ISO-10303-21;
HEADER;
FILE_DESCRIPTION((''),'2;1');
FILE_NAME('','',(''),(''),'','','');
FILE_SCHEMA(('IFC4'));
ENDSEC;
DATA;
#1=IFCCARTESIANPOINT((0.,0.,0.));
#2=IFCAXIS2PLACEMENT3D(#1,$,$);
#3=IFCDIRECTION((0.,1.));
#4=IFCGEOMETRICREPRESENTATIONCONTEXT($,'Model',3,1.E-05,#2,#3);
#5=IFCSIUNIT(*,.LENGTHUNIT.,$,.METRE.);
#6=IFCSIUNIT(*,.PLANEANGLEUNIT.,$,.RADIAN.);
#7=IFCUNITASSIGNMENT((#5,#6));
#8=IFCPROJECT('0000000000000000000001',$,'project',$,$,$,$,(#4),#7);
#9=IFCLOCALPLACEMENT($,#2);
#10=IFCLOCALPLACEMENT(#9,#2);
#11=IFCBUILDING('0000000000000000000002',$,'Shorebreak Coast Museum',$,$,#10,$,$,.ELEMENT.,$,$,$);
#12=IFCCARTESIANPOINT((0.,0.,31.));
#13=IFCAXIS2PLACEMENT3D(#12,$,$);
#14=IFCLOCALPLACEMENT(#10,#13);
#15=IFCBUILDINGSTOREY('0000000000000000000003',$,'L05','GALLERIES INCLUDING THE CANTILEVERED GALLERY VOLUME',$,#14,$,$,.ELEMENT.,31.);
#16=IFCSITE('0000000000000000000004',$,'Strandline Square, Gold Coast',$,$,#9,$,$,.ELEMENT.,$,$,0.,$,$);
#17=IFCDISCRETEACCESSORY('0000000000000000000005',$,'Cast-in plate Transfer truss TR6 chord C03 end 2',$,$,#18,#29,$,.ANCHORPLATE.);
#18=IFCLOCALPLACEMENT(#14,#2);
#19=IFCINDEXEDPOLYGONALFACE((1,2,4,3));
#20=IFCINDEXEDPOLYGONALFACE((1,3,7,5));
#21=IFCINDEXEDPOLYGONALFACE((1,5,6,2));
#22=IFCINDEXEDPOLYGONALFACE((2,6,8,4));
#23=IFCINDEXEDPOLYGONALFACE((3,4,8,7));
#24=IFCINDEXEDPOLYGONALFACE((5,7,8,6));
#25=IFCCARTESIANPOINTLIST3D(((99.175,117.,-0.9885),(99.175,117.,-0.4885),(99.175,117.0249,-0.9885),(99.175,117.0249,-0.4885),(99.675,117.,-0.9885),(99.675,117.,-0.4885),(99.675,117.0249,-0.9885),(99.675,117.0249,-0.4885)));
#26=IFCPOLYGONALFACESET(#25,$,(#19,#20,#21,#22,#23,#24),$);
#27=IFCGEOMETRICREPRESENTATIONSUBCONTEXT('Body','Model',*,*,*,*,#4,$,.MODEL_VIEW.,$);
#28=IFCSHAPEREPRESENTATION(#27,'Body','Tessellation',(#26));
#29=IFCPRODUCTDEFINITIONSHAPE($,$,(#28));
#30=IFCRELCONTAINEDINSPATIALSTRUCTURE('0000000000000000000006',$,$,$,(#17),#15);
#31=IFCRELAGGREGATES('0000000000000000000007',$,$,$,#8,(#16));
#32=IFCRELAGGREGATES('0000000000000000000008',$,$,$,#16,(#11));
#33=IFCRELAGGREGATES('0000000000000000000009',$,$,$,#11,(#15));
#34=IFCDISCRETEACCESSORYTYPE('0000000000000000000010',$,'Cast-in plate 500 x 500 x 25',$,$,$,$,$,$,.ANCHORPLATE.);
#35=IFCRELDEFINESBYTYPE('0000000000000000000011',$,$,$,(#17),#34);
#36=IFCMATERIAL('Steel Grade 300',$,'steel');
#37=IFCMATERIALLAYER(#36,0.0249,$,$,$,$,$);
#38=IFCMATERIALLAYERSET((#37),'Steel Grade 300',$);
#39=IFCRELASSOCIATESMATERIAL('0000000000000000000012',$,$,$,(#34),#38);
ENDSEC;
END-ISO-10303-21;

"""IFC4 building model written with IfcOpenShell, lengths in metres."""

from ifc_helpers import new_model, si_unit, direction, frame, origin, place, context, subcontext, project, spatial, polyline, outline, extrude, material, layer, layer_set, type_object, element, save


model = new_model("IFC4")

# Units and contexts
model_context = context("Model", 3, precision=1e-05, world=origin(), true_north=direction((0.0, 1.0)))
body_context = subcontext(model_context, "Body", "Model", "MODEL_VIEW")
ifc_project = project(units=[si_unit("LENGTHUNIT", "METRE"), si_unit("PLANEANGLEUNIT", "RADIAN")], contexts=[model_context])

# Site, building, storey
site_placement = place(None, origin())
site = spatial("IfcSite", under=ifc_project, at=site_placement, Name="Strandline Square, Gold Coast", CompositionType="ELEMENT", RefElevation=0.0)
building_placement = place(site_placement, origin())
building = spatial("IfcBuilding", under=site, at=building_placement, Name="Shorebreak Coast Museum", CompositionType="ELEMENT")
storey_placement = place(building_placement, frame((0.0, 0.0, 31.0)))
storey = spatial("IfcBuildingStorey", under=building, at=storey_placement, Name="L05", Description="GALLERIES INCLUDING THE CANTILEVERED GALLERY VOLUME", CompositionType="ELEMENT", Elevation=31.0)

# Discrete accessory
ifc_material_1 = material(Name="Steel Grade 300", Category="steel")
ifc_layer_1 = layer(ifc_material_1, 0.0249)
ifc_layer_set_1 = layer_set([ifc_layer_1], Name="Steel Grade 300")
discrete_accessory_type = type_object("IfcDiscreteAccessoryType", Name="Cast-in plate 500 x 500 x 25", PredefinedType="ANCHORPLATE", material=ifc_layer_set_1)
discrete_accessory_placement = place(storey_placement, frame((99.175, 117.0, -0.9885), z_axis=(0.0, -1.0, 0.0), x_axis=(1.0, 0.0, 0.0)))
element("IfcDiscreteAccessory", 1, at=discrete_accessory_placement, inside=storey, type_object=discrete_accessory_type, Name="Cast-in plate Transfer truss TR6 chord C03 end 2", PredefinedType="ANCHORPLATE", context=body_context, shape_type="SweptSolid", body=[
    extrude(outline(polyline([(0.0, 0.0), (0.5, 0.0), (0.5, 0.5), (0.0, 0.5), (0.0, 0.0)])), origin(), (0.0, 0.0, -1.0), 0.0249),
])

save(model, "model.ifc")
